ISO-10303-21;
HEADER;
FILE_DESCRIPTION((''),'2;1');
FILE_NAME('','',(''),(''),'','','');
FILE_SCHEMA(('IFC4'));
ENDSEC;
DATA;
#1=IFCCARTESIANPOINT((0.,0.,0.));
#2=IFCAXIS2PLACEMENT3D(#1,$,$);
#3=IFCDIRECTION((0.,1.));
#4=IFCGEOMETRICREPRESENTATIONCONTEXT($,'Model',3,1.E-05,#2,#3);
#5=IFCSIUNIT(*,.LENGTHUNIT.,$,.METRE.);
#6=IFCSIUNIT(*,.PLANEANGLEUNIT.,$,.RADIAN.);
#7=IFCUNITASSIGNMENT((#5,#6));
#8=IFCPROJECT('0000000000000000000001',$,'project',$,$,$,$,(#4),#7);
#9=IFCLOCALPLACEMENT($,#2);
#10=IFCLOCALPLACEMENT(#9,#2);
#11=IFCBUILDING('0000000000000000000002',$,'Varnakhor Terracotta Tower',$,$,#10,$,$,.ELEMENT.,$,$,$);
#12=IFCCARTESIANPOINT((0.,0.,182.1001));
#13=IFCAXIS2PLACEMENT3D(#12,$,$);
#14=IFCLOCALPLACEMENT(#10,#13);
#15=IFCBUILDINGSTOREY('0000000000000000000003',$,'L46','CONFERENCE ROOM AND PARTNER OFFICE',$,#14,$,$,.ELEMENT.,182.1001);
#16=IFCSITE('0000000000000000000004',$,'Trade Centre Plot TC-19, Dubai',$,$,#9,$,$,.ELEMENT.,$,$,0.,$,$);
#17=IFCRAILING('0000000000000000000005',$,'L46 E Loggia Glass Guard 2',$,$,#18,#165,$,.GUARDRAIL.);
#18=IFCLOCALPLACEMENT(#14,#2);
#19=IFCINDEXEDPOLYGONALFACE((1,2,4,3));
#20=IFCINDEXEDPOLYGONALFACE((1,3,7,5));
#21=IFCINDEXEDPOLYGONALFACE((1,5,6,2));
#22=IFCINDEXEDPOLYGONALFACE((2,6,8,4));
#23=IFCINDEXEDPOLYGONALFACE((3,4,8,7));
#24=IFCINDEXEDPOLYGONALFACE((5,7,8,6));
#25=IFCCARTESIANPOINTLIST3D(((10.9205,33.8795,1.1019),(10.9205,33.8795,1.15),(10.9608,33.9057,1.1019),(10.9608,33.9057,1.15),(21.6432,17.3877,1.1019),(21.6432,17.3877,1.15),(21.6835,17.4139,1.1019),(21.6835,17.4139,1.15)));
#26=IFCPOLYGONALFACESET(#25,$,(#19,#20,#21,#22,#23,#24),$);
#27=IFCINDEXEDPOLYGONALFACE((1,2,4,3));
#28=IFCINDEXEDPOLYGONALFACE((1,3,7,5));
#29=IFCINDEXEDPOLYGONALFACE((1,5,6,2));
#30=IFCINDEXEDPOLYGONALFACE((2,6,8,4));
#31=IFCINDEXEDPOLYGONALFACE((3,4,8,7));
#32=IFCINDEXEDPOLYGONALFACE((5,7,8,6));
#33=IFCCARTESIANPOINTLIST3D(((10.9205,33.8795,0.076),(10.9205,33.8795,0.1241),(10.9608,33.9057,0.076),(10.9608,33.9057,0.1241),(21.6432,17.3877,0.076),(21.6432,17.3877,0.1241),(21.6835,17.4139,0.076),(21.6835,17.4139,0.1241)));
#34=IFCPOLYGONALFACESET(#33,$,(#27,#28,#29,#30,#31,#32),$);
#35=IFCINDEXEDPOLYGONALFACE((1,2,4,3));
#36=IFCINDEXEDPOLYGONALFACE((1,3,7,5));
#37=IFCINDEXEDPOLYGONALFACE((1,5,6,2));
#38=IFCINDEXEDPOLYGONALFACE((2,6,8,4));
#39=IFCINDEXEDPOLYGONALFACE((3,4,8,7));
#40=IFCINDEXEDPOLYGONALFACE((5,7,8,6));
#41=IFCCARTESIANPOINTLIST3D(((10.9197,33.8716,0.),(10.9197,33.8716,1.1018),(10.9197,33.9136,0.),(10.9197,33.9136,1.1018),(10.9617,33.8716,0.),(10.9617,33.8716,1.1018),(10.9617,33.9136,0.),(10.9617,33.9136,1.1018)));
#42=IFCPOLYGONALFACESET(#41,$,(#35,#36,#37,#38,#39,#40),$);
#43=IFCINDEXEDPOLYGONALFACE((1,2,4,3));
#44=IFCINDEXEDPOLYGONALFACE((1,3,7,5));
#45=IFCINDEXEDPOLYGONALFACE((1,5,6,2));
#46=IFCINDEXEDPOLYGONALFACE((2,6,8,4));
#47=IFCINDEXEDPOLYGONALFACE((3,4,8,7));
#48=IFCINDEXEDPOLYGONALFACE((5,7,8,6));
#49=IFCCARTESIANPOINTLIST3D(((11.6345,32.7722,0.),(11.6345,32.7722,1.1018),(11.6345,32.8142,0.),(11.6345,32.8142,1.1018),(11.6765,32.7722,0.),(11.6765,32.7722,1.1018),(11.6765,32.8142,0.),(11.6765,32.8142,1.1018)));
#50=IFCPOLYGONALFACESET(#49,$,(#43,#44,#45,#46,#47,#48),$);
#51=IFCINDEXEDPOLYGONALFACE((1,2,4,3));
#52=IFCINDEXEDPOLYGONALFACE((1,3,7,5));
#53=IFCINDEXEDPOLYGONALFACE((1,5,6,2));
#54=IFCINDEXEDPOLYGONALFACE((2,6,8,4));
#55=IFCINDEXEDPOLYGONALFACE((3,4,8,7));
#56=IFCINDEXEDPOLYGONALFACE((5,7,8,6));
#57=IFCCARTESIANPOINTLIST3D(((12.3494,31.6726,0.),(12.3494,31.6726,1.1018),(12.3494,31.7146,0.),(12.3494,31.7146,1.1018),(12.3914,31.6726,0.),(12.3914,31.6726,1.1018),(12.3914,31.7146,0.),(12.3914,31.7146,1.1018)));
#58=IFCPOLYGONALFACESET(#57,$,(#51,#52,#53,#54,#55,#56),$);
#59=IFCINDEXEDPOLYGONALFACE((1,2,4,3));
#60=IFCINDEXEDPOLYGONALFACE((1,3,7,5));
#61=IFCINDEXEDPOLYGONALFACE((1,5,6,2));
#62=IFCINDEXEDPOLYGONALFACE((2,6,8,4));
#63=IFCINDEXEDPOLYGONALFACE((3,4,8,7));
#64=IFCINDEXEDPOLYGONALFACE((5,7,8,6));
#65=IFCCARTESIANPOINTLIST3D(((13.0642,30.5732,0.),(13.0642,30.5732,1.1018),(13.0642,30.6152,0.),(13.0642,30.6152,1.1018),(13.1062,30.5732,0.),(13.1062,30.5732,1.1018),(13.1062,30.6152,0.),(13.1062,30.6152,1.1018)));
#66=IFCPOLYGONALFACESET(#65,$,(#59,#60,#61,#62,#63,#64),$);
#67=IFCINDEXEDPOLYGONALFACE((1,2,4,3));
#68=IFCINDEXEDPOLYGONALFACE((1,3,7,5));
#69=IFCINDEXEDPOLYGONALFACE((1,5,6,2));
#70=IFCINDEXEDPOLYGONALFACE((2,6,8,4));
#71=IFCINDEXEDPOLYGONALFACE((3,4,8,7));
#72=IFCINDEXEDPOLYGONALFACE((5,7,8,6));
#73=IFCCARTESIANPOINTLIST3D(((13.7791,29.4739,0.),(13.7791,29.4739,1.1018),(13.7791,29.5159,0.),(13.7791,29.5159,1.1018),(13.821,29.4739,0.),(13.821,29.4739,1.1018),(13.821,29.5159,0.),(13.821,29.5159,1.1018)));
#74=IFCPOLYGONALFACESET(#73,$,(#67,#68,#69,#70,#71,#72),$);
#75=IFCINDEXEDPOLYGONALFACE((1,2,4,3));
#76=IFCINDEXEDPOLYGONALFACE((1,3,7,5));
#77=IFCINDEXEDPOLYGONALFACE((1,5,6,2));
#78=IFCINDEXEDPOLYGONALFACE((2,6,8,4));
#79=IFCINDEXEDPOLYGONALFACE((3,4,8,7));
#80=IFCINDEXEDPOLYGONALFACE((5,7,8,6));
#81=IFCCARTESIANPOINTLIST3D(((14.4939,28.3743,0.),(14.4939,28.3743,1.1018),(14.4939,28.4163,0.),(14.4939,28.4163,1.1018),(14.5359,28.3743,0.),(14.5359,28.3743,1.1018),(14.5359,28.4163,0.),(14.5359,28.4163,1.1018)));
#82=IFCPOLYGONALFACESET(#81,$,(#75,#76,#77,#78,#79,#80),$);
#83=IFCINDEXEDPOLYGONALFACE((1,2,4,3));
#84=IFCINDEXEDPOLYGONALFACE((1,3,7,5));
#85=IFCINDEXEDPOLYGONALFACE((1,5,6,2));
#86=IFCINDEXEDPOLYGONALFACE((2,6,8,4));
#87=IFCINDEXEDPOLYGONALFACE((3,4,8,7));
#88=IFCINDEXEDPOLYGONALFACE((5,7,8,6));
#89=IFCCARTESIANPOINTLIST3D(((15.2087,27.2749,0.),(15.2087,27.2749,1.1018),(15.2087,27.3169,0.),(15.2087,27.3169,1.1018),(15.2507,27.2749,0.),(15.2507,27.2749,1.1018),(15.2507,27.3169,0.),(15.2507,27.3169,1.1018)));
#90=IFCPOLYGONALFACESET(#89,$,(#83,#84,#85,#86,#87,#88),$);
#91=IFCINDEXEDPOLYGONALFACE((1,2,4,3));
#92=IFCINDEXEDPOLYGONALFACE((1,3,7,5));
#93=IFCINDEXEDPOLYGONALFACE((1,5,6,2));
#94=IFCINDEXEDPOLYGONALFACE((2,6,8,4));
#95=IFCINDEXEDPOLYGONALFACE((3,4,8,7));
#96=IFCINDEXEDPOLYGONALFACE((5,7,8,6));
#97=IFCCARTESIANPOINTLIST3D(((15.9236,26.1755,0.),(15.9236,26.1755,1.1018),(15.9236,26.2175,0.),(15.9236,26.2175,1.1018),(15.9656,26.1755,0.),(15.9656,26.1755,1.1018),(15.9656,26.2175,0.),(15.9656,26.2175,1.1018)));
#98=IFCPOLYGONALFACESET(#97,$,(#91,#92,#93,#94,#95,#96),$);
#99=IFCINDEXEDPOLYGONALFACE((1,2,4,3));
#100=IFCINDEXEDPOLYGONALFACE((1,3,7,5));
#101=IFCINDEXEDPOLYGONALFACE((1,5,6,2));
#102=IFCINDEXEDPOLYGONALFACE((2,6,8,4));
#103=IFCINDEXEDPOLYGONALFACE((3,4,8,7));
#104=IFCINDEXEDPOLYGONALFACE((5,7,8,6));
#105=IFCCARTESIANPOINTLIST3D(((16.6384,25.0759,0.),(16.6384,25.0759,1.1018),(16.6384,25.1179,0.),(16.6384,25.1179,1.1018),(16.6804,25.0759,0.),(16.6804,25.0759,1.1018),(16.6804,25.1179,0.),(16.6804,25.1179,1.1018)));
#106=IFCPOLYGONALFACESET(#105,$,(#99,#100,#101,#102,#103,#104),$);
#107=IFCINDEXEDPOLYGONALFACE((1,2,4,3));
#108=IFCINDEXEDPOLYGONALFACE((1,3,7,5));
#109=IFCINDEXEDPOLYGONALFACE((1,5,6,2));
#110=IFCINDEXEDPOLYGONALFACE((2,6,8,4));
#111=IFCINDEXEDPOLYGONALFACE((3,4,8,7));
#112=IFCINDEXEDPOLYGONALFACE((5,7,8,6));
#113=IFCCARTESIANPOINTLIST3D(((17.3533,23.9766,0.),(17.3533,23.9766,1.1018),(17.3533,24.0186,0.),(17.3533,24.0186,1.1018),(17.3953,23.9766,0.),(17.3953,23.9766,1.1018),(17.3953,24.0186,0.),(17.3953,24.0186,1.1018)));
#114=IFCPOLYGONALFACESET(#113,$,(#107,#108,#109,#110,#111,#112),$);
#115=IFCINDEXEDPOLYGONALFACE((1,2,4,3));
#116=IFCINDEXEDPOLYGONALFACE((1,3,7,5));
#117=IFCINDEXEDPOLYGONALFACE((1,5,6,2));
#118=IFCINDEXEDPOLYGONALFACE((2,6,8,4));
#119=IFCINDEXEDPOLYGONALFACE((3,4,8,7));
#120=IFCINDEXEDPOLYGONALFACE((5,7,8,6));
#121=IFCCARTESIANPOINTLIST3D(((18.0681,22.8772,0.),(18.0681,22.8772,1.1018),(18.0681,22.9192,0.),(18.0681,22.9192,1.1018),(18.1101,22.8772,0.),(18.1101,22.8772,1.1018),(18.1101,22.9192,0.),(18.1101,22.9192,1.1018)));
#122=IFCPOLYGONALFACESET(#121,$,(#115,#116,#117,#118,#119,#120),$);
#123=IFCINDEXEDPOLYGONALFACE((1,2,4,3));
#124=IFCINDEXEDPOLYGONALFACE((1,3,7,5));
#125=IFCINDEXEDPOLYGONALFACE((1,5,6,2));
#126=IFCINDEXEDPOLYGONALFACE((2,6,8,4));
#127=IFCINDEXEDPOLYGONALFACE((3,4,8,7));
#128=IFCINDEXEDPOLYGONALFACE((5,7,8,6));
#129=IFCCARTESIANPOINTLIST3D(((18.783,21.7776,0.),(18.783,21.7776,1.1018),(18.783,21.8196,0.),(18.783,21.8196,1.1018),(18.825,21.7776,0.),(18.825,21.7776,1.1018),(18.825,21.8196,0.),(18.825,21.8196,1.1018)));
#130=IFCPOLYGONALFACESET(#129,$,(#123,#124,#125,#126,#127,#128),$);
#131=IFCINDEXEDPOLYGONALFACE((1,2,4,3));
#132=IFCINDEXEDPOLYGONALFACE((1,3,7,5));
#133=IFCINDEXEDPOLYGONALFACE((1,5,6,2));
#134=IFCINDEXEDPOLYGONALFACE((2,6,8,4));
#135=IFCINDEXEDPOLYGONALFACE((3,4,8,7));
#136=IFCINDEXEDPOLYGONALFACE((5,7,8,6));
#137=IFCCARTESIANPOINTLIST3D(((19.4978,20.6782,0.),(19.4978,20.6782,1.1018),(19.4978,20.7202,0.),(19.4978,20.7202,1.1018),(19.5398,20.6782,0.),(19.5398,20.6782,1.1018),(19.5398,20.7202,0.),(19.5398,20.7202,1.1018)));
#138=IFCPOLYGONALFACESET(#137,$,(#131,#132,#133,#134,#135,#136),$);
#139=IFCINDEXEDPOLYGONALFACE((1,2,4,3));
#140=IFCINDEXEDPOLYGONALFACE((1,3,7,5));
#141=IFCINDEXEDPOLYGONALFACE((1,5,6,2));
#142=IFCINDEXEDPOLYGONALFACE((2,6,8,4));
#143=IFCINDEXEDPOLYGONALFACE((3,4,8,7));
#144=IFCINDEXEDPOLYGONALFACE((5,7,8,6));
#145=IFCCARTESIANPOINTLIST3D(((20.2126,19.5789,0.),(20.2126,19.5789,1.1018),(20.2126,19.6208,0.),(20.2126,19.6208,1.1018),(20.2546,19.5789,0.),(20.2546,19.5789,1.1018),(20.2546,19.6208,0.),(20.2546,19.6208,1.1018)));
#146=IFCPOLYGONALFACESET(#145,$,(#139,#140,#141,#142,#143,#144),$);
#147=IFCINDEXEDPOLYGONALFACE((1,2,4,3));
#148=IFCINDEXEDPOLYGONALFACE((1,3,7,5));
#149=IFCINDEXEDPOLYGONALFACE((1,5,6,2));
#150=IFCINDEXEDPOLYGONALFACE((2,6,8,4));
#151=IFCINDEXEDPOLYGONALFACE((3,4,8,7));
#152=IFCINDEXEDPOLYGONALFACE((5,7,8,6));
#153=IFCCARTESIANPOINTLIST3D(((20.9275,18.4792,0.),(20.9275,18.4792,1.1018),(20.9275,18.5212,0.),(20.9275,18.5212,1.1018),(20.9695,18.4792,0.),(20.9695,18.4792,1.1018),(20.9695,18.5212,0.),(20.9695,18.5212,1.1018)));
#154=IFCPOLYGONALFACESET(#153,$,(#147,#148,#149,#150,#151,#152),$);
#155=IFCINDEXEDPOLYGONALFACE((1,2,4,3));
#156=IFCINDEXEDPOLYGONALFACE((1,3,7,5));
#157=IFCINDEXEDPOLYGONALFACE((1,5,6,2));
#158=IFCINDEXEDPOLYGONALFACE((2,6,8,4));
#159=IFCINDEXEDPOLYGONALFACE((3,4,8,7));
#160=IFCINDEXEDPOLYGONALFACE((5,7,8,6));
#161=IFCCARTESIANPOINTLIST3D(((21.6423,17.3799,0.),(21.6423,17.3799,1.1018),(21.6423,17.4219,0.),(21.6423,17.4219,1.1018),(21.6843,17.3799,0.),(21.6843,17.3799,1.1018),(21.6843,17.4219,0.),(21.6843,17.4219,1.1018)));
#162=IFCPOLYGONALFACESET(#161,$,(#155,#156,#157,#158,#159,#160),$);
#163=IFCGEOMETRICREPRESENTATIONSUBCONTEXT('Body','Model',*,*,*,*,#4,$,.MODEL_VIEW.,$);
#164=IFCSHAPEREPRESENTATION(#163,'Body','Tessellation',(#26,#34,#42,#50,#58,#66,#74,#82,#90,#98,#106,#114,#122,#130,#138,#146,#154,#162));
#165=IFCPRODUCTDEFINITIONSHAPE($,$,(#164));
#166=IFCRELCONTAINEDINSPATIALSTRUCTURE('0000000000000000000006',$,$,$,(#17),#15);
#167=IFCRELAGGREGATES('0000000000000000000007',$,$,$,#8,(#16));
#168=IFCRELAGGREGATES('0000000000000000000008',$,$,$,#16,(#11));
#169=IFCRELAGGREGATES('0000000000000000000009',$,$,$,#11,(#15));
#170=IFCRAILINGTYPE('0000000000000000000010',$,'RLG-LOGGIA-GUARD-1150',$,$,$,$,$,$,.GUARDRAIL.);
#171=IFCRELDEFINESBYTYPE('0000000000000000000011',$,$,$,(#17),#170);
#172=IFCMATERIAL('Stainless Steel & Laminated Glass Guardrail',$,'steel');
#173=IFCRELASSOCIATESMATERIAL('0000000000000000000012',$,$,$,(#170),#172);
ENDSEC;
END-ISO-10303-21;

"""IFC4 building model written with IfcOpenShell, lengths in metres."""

from ifc_helpers import new_model, si_unit, direction, frame, origin, origin_2d, place, context, subcontext, project, spatial, rectangle, extrude, material, type_object, element, save


model = new_model("IFC4")

# Units and contexts
model_context = context("Model", 3, precision=1e-05, world=origin(), true_north=direction((0.0, 1.0)))
body_context = subcontext(model_context, "Body", "Model", "MODEL_VIEW")
ifc_project = project(units=[si_unit("LENGTHUNIT", "METRE"), si_unit("PLANEANGLEUNIT", "RADIAN")], contexts=[model_context])

# Site, building, storey
site_placement = place(None, origin())
site = spatial("IfcSite", under=ifc_project, at=site_placement, Name="Trade Centre Plot TC-19, Dubai", CompositionType="ELEMENT", RefElevation=0.0)
building_placement = place(site_placement, origin())
building = spatial("IfcBuilding", under=site, at=building_placement, Name="Varnakhor Terracotta Tower", CompositionType="ELEMENT")
storey_placement = place(building_placement, frame((0.0, 0.0, 182.1001)))
storey = spatial("IfcBuildingStorey", under=building, at=storey_placement, Name="L46", Description="CONFERENCE ROOM AND PARTNER OFFICE", CompositionType="ELEMENT", Elevation=182.1001)

# Railing
ifc_material_1 = material(Name="Stainless Steel & Laminated Glass Guardrail", Category="steel")
railing_type = type_object("IfcRailingType", Name="RLG-LOGGIA-GUARD-1150", PredefinedType="GUARDRAIL", material=ifc_material_1)
railing_1_placement = place(storey_placement, frame((10.9407, 33.8926, 0.0)))
element("IfcRailing", 1, at=railing_1_placement, inside=storey, type_object=railing_type, Name="L46 E Loggia Glass Guard 2", PredefinedType="GUARDRAIL", context=body_context, shape_type="SweptSolid", body=[
    extrude(rectangle(XDim=0.0481, YDim=0.0481, at=origin_2d()), frame((0.0, 0.0, 1.126), z_axis=(0.545097, -0.838373, 0.0), x_axis=(0.838373, 0.545097, 0.0)), (0.0, 0.0, 1.0), 19.6711),
    extrude(rectangle(XDim=0.0481, YDim=0.0481, at=origin_2d()), frame((0.0, 0.0, 0.1001), z_axis=(0.545097, -0.838373, 0.0), x_axis=(0.838373, 0.545097, 0.0)), (0.0, 0.0, 1.0), 19.6711),
    extrude(rectangle(XDim=0.042, YDim=0.042, at=origin_2d()), origin(), (0.0, 0.0, 1.0), 1.1018),
    extrude(rectangle(XDim=0.042, YDim=0.042, at=origin_2d()), frame((0.7148, -1.0994, 0.0)), (0.0, 0.0, 1.0), 1.1018),
    extrude(rectangle(XDim=0.042, YDim=0.042, at=origin_2d()), frame((1.4297, -2.199, 0.0)), (0.0, 0.0, 1.0), 1.1018),
    extrude(rectangle(XDim=0.042, YDim=0.042, at=origin_2d()), frame((2.1445, -3.2983, 0.0)), (0.0, 0.0, 1.0), 1.1018),
    extrude(rectangle(XDim=0.042, YDim=0.042, at=origin_2d()), frame((2.8594, -4.3977, 0.0)), (0.0, 0.0, 1.0), 1.1018),
    extrude(rectangle(XDim=0.042, YDim=0.042, at=origin_2d()), frame((3.5742, -5.4973, 0.0)), (0.0, 0.0, 1.0), 1.1018),
    extrude(rectangle(XDim=0.042, YDim=0.042, at=origin_2d()), frame((4.2891, -6.5967, 0.0)), (0.0, 0.0, 1.0), 1.1018),
    extrude(rectangle(XDim=0.042, YDim=0.042, at=origin_2d()), frame((5.0039, -7.696, 0.0)), (0.0, 0.0, 1.0), 1.1018),
    extrude(rectangle(XDim=0.042, YDim=0.042, at=origin_2d()), frame((5.7188, -8.7957, 0.0)), (0.0, 0.0, 1.0), 1.1018),
    extrude(rectangle(XDim=0.042, YDim=0.042, at=origin_2d()), frame((6.4336, -9.895, 0.0)), (0.0, 0.0, 1.0), 1.1018),
    extrude(rectangle(XDim=0.042, YDim=0.042, at=origin_2d()), frame((7.1484, -10.9944, 0.0)), (0.0, 0.0, 1.0), 1.1018),
    extrude(rectangle(XDim=0.042, YDim=0.042, at=origin_2d()), frame((7.8633, -12.094, 0.0)), (0.0, 0.0, 1.0), 1.1018),
    extrude(rectangle(XDim=0.042, YDim=0.042, at=origin_2d()), frame((8.5781, -13.1934, 0.0)), (0.0, 0.0, 1.0), 1.1018),
    extrude(rectangle(XDim=0.042, YDim=0.042, at=origin_2d()), frame((9.293, -14.2927, 0.0)), (0.0, 0.0, 1.0), 1.1018),
    extrude(rectangle(XDim=0.042, YDim=0.042, at=origin_2d()), frame((10.0078, -15.3923, 0.0)), (0.0, 0.0, 1.0), 1.1018),
    extrude(rectangle(XDim=0.042, YDim=0.042, at=origin_2d()), frame((10.7227, -16.4917, 0.0)), (0.0, 0.0, 1.0), 1.1018),
])

save(model, "model.ifc")
